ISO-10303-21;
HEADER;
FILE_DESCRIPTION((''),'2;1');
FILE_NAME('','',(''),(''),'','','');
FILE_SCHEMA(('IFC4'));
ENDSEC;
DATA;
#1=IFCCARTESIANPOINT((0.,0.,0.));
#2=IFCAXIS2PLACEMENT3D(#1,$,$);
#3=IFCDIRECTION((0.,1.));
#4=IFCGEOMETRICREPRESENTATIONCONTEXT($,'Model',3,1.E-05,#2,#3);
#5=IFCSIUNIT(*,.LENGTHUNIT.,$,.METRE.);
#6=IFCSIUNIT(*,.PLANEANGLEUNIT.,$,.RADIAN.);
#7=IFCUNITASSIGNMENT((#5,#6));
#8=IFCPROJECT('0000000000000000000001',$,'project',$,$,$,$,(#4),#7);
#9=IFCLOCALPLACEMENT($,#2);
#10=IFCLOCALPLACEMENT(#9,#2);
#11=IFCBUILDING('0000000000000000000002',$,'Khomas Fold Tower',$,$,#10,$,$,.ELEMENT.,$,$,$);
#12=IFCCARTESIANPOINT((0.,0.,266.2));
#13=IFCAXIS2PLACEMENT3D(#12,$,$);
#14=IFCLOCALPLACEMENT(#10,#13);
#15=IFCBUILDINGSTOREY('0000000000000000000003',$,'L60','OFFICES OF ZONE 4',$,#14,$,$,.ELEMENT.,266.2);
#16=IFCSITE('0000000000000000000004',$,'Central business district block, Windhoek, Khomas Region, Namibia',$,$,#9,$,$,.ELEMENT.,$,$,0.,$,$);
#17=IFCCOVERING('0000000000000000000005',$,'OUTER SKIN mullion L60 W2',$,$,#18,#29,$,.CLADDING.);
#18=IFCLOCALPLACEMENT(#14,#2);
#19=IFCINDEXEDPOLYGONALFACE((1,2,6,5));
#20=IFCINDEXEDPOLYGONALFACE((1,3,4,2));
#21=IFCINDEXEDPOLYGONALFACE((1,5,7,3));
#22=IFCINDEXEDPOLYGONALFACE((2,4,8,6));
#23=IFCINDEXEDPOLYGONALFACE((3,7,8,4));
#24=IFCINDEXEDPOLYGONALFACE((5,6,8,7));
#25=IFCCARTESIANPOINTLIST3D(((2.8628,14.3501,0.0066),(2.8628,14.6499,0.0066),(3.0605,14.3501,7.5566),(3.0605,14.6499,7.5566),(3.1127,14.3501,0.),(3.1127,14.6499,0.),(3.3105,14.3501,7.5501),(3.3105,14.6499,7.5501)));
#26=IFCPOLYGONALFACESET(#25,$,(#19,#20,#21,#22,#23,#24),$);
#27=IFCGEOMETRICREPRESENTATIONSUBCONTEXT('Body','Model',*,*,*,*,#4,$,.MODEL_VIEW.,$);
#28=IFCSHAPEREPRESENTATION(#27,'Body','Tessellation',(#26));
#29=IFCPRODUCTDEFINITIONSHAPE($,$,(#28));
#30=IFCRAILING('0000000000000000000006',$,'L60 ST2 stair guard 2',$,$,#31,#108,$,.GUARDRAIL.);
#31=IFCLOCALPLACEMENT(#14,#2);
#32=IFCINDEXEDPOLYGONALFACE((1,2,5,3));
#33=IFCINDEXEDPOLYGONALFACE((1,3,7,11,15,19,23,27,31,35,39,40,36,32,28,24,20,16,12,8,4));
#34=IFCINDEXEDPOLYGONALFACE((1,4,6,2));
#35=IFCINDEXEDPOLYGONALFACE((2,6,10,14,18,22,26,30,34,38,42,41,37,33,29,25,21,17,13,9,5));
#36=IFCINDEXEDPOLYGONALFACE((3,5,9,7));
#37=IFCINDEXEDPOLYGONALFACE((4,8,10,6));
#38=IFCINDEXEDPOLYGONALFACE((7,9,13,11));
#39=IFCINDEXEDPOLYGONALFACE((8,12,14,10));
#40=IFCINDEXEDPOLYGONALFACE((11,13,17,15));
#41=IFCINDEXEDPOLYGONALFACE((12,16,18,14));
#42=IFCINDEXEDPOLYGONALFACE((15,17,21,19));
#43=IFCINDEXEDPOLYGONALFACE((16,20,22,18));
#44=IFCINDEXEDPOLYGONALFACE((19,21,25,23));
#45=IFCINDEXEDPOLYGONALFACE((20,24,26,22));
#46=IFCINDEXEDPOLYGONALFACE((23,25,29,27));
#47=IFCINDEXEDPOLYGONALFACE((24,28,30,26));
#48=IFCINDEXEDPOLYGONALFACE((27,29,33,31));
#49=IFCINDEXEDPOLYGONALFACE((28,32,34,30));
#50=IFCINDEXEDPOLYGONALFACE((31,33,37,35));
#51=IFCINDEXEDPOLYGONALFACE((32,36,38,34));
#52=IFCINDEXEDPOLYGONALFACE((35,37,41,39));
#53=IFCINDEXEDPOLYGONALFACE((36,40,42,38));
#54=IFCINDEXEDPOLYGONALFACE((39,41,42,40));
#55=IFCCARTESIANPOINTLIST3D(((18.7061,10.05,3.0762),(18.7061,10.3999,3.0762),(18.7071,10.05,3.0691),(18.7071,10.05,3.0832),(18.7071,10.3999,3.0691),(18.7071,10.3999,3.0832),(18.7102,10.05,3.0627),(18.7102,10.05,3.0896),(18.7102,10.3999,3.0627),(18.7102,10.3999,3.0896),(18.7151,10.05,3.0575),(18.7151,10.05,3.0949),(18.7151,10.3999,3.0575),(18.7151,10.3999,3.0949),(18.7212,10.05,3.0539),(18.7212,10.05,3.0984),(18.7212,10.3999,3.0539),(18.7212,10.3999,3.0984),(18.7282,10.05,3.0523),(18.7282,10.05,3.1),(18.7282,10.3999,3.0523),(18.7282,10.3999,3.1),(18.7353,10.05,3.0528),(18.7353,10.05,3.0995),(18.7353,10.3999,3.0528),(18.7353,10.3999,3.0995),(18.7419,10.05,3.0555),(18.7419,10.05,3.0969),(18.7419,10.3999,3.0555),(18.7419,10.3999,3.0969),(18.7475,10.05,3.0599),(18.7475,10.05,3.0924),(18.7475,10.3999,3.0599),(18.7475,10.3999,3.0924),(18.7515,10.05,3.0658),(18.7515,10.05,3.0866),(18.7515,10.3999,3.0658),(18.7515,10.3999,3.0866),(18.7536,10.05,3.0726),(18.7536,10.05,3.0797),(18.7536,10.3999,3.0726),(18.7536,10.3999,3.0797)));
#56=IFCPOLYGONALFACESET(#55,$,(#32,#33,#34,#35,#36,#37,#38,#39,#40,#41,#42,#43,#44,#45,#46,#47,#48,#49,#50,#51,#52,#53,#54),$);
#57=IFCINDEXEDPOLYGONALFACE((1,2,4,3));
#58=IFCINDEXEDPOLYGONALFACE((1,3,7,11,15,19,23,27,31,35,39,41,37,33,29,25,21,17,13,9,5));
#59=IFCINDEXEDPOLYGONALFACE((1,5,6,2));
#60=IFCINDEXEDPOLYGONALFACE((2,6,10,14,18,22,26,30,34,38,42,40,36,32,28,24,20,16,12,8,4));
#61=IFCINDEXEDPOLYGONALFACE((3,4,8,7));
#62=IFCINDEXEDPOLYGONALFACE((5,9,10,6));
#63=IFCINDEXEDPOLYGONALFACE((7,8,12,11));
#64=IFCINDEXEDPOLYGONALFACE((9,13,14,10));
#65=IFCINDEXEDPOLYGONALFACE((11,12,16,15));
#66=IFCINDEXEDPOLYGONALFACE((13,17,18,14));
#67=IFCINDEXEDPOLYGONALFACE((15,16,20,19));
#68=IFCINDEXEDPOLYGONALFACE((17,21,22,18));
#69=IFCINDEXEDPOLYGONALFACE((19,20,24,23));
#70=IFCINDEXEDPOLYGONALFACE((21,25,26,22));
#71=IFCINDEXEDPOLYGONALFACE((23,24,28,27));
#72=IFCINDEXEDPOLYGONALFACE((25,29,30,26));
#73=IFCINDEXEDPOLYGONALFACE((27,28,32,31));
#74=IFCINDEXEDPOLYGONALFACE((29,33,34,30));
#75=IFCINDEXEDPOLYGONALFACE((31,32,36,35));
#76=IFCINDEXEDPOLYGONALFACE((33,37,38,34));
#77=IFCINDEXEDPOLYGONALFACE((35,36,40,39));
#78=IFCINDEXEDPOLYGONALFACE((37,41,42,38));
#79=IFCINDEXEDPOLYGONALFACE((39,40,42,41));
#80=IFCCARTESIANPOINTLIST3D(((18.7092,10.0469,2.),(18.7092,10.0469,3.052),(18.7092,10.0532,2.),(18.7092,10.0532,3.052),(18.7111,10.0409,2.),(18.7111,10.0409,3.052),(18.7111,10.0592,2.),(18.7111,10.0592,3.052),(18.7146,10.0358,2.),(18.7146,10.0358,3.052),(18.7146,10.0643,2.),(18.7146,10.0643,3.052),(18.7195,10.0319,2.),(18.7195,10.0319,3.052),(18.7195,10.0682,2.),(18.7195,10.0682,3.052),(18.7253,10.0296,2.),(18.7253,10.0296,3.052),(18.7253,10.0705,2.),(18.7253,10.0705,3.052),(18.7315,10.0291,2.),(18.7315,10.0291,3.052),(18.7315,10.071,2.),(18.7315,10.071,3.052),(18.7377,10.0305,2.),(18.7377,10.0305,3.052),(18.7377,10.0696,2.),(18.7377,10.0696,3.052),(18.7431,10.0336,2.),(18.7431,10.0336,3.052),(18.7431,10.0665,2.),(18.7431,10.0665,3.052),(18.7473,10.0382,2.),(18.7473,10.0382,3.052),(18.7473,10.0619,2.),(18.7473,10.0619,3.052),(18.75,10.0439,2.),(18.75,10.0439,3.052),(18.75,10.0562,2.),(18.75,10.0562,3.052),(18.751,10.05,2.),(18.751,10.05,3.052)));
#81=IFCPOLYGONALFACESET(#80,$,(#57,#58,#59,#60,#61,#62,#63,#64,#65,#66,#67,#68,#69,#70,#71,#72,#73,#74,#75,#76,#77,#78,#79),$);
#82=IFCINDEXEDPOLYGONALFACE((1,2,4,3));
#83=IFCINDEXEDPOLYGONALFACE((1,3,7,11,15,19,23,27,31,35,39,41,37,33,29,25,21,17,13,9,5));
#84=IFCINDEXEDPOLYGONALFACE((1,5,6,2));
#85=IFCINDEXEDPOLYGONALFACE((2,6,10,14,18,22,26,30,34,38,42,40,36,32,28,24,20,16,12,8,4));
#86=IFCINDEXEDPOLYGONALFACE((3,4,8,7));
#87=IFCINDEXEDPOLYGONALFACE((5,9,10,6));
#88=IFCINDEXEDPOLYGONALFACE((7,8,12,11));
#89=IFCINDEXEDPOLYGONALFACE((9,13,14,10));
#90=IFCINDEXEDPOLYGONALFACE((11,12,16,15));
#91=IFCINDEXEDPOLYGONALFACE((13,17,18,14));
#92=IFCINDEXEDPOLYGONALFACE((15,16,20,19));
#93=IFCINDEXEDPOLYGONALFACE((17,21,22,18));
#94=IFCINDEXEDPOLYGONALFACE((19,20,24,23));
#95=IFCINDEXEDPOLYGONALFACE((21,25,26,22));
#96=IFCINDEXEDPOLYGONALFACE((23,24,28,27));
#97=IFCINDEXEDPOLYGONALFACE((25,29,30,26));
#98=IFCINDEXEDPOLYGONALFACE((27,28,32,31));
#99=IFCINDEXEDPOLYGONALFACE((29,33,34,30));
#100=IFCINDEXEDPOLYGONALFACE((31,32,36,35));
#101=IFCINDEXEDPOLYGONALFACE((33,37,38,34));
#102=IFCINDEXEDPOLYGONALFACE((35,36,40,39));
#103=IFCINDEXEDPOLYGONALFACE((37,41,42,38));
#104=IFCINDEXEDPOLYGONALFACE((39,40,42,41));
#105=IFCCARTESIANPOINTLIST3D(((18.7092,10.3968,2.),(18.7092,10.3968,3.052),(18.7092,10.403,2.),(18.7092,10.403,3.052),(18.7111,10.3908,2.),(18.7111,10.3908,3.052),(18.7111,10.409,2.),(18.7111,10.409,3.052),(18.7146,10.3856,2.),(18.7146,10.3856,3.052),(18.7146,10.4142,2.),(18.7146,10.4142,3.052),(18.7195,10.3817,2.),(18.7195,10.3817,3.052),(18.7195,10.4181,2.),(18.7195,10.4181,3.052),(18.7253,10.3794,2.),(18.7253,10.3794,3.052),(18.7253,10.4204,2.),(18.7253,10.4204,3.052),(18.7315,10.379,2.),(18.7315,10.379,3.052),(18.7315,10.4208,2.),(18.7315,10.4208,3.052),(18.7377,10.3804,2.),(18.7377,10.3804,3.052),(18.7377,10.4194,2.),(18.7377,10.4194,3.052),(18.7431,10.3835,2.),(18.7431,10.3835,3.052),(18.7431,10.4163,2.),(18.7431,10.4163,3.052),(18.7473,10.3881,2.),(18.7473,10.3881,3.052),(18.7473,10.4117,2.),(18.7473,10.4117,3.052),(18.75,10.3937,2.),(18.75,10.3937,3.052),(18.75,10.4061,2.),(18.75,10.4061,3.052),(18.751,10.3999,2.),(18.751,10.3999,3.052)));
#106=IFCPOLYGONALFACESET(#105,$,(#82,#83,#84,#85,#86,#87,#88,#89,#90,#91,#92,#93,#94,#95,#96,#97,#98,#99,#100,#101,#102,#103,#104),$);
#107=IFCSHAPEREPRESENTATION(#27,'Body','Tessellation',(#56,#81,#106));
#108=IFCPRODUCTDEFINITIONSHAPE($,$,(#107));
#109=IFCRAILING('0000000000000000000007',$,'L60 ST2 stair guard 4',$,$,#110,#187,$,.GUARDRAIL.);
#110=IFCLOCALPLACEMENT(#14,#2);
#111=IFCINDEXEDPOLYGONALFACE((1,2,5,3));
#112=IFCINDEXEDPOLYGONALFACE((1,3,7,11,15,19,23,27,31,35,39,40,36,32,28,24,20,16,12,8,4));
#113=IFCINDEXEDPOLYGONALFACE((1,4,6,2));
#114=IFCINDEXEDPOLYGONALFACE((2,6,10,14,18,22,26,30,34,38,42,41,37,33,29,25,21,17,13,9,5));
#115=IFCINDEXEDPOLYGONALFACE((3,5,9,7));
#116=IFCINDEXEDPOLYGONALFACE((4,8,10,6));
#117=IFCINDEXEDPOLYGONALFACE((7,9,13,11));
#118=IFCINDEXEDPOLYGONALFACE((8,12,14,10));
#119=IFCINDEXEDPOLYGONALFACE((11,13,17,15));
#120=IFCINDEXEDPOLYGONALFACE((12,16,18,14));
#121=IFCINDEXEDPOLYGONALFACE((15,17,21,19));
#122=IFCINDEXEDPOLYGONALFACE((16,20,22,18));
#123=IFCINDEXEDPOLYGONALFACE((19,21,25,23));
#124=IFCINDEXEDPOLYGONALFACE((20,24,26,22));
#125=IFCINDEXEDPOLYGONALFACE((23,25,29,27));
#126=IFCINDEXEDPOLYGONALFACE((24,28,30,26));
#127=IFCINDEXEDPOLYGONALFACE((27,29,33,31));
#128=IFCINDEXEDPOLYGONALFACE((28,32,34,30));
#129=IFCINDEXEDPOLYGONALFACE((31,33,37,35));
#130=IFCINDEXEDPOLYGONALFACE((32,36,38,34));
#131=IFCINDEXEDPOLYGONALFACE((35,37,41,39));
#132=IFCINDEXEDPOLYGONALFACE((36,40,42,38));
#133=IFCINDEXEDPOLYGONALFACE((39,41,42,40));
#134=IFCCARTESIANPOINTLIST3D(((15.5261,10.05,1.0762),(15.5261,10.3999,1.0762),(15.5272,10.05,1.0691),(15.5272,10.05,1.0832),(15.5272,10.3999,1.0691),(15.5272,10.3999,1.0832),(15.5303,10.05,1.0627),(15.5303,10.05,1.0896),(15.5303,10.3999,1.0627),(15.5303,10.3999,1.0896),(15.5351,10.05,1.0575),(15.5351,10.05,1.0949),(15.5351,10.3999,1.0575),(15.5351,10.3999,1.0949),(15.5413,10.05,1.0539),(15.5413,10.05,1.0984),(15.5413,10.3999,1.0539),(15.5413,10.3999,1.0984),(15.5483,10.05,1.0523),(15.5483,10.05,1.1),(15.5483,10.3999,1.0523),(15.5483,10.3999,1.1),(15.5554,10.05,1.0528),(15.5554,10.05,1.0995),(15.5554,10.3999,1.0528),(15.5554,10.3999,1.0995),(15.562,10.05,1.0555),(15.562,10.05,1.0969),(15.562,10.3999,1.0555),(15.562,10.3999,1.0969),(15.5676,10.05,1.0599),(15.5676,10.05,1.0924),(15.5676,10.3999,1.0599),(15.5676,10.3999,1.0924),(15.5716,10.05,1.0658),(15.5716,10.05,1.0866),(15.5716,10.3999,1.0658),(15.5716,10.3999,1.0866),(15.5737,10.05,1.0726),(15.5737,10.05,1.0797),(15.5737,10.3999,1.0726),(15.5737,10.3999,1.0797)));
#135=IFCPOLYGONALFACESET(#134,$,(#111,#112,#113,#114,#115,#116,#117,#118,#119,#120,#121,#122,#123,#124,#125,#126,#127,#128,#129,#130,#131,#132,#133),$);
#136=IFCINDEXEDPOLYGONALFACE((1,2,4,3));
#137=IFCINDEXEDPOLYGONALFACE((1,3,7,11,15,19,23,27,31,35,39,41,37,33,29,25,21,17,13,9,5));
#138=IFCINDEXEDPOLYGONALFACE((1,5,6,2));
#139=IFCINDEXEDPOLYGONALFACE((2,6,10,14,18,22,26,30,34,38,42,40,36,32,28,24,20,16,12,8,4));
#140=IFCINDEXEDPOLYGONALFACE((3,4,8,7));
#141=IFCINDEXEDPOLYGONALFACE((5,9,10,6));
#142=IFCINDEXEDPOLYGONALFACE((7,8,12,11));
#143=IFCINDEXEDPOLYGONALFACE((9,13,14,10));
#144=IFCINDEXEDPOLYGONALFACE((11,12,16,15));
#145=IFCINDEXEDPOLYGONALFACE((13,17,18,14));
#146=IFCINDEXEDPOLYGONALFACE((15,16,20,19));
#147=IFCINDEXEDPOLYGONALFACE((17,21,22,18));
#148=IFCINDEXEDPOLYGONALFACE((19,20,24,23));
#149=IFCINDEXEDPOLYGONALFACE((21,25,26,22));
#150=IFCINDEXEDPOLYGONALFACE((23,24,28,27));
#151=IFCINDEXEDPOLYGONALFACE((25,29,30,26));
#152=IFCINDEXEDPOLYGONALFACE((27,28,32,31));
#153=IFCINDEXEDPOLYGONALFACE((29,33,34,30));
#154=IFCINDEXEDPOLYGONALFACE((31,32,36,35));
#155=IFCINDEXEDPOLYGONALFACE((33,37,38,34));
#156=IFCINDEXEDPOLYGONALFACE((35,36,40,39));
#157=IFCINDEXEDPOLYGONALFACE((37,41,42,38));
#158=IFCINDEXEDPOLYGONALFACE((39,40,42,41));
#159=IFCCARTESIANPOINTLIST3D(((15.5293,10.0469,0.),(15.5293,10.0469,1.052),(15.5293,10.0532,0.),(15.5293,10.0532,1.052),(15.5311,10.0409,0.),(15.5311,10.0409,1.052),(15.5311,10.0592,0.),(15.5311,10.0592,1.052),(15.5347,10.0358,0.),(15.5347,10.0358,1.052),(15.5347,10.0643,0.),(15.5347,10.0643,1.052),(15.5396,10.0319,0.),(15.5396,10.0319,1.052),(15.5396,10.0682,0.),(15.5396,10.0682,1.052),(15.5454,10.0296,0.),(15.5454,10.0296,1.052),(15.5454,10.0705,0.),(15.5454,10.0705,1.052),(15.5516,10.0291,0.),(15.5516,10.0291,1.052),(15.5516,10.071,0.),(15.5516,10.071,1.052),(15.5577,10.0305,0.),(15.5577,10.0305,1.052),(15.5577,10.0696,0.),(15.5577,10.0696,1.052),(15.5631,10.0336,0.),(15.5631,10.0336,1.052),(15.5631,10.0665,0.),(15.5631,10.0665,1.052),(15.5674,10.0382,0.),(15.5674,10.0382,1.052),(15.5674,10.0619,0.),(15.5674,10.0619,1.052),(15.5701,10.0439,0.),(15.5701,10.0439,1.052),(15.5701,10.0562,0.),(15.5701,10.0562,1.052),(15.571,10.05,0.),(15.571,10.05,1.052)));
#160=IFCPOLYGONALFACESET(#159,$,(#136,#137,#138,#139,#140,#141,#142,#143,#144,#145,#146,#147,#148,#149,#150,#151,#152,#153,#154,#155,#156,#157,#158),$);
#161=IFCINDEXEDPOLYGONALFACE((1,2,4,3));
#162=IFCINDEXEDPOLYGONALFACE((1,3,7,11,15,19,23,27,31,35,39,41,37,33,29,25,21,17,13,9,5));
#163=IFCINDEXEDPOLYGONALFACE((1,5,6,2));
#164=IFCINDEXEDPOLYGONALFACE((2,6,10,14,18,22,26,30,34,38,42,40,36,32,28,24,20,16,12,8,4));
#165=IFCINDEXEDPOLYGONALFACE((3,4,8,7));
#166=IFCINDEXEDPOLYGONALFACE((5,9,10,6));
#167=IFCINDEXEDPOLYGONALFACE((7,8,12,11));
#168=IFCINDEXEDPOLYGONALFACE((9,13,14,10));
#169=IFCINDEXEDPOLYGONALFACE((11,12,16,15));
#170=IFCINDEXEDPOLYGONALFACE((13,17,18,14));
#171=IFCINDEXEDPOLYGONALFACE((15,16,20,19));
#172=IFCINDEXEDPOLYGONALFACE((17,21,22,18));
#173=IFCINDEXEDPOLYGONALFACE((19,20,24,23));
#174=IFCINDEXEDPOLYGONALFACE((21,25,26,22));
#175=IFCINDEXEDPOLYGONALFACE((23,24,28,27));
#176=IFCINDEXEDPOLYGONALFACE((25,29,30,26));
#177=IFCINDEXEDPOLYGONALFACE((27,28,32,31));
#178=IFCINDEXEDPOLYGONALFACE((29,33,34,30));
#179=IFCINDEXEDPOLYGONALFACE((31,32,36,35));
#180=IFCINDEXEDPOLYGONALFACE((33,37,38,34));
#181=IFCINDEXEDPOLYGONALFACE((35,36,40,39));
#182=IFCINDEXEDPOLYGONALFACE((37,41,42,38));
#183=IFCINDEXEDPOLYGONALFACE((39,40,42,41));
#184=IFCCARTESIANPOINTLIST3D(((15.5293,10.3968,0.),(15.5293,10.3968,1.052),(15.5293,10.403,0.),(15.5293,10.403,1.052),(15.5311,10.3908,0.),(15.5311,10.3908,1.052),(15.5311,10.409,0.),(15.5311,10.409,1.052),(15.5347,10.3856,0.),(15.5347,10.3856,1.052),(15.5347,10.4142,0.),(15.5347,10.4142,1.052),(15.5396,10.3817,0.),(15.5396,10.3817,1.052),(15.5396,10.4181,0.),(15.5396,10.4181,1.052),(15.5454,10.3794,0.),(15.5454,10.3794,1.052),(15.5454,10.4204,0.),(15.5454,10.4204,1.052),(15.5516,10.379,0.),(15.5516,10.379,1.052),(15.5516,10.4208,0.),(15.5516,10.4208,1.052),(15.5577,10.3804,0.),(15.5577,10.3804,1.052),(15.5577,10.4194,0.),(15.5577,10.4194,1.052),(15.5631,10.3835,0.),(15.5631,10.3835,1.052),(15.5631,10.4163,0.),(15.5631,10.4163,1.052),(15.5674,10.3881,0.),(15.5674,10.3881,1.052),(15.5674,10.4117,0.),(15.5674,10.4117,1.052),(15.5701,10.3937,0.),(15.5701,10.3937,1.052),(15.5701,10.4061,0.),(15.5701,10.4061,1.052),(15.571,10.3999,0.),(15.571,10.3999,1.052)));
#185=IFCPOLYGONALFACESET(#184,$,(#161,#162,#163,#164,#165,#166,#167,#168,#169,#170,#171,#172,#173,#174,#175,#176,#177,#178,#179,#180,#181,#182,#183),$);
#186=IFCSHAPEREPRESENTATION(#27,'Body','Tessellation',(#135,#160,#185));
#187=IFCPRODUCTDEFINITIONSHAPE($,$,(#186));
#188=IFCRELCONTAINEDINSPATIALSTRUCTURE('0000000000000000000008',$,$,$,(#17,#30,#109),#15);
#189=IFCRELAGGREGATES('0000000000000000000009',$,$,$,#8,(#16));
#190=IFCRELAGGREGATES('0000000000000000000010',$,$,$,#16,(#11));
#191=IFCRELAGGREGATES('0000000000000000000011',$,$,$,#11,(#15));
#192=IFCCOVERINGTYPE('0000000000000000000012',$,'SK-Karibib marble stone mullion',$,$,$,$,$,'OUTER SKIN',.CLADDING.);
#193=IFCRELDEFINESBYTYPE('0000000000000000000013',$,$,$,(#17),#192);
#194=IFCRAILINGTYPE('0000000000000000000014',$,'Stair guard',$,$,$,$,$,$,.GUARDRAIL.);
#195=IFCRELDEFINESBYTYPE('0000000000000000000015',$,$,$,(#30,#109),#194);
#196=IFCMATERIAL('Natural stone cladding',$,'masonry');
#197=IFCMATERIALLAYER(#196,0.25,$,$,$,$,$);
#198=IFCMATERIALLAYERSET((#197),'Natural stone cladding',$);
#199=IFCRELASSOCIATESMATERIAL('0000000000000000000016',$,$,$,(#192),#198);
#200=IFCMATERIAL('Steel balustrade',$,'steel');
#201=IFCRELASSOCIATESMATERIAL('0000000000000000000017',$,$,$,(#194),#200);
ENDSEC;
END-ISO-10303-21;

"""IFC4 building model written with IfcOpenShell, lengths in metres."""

from ifc_helpers import new_model, si_unit, direction, frame, origin, origin_2d, place, context, subcontext, project, spatial, polyline, circle, outline, extrude, source, transform, mapped, material, layer, layer_set, type_object, element, save


model = new_model("IFC4")

# Units and contexts
model_context = context("Model", 3, precision=1e-05, world=origin(), true_north=direction((0.0, 1.0)))
body_context = subcontext(model_context, "Body", "Model", "MODEL_VIEW")
ifc_project = project(units=[si_unit("LENGTHUNIT", "METRE"), si_unit("PLANEANGLEUNIT", "RADIAN")], contexts=[model_context])

# Site, building, storey
site_placement = place(None, origin())
site = spatial("IfcSite", under=ifc_project, at=site_placement, Name="Central business district block, Windhoek, Khomas Region, Namibia", CompositionType="ELEMENT", RefElevation=0.0)
building_placement = place(site_placement, origin())
building = spatial("IfcBuilding", under=site, at=building_placement, Name="Khomas Fold Tower", CompositionType="ELEMENT")
storey_placement = place(building_placement, frame((0.0, 0.0, 266.2)))
storey = spatial("IfcBuildingStorey", under=building, at=storey_placement, Name="L60", Description="OFFICES OF ZONE 4", CompositionType="ELEMENT", Elevation=266.2)

# Covering
ifc_material_1 = material(Name="Natural stone cladding", Category="masonry")
ifc_layer_1 = layer(ifc_material_1, 0.25)
ifc_layer_set_1 = layer_set([ifc_layer_1], Name="Natural stone cladding")
covering_type = type_object("IfcCoveringType", Name="SK-Karibib marble stone mullion", ElementType="OUTER SKIN", PredefinedType="CLADDING", material=ifc_layer_set_1)
covering_placement = place(storey_placement, frame((2.8628, 14.3501, 0.0066), z_axis=(-0.999657, 0.0, 0.026183), x_axis=(0.0, 1.0, 0.0)))
element("IfcCovering", 1, at=covering_placement, inside=storey, type_object=covering_type, Name="OUTER SKIN mullion L60 W2", PredefinedType="CLADDING", context=body_context, shape_type="SweptSolid", body=[
    extrude(outline(polyline([(0.0, 0.0), (0.2998, 0.0), (0.2998, -7.5526), (0.0, -7.5526), (0.0, 0.0)])), origin(), (0.0, 0.0, -1.0), 0.25),
])

# Railings
ifc_material_2 = material(Name="Steel balustrade", Category="steel")
railing_type_1 = type_object("IfcRailingType", Name="Stair guard", PredefinedType="GUARDRAIL", material=ifc_material_2)
shared_shape_1 = source(origin(), body_context, "Body", "SweptSolid", [
    extrude(circle(Radius=0.0239, at=origin_2d()), frame((0.0, 0.0, 1.0762), z_axis=(0.0, 1.0, 0.0), x_axis=(-1.0, 0.0, 0.0)), (0.0, 0.0, 1.0), 0.3499),
    extrude(circle(Radius=0.021, at=origin_2d()), origin(), (0.0, 0.0, 1.0), 1.052),
    extrude(circle(Radius=0.021, at=origin_2d()), frame((0.0, 0.3499, 0.0)), (0.0, 0.0, 1.0), 1.052),
])
for number, where, name in (
    (2, (18.73, 10.05, 2.0), "L60 ST2 stair guard 2"),
    (3, (15.55, 10.05, 0.0), "L60 ST2 stair guard 4"),
):
    element("IfcRailing", number, at=place(storey_placement, frame(where)), inside=storey, type_object=railing_type_1, Name=name, PredefinedType="GUARDRAIL", context=body_context, shape_type="MappedRepresentation", body=[
        mapped(shared_shape_1, transform((0.0, 0.0, 0.0))),
    ])

save(model, "model.ifc")
